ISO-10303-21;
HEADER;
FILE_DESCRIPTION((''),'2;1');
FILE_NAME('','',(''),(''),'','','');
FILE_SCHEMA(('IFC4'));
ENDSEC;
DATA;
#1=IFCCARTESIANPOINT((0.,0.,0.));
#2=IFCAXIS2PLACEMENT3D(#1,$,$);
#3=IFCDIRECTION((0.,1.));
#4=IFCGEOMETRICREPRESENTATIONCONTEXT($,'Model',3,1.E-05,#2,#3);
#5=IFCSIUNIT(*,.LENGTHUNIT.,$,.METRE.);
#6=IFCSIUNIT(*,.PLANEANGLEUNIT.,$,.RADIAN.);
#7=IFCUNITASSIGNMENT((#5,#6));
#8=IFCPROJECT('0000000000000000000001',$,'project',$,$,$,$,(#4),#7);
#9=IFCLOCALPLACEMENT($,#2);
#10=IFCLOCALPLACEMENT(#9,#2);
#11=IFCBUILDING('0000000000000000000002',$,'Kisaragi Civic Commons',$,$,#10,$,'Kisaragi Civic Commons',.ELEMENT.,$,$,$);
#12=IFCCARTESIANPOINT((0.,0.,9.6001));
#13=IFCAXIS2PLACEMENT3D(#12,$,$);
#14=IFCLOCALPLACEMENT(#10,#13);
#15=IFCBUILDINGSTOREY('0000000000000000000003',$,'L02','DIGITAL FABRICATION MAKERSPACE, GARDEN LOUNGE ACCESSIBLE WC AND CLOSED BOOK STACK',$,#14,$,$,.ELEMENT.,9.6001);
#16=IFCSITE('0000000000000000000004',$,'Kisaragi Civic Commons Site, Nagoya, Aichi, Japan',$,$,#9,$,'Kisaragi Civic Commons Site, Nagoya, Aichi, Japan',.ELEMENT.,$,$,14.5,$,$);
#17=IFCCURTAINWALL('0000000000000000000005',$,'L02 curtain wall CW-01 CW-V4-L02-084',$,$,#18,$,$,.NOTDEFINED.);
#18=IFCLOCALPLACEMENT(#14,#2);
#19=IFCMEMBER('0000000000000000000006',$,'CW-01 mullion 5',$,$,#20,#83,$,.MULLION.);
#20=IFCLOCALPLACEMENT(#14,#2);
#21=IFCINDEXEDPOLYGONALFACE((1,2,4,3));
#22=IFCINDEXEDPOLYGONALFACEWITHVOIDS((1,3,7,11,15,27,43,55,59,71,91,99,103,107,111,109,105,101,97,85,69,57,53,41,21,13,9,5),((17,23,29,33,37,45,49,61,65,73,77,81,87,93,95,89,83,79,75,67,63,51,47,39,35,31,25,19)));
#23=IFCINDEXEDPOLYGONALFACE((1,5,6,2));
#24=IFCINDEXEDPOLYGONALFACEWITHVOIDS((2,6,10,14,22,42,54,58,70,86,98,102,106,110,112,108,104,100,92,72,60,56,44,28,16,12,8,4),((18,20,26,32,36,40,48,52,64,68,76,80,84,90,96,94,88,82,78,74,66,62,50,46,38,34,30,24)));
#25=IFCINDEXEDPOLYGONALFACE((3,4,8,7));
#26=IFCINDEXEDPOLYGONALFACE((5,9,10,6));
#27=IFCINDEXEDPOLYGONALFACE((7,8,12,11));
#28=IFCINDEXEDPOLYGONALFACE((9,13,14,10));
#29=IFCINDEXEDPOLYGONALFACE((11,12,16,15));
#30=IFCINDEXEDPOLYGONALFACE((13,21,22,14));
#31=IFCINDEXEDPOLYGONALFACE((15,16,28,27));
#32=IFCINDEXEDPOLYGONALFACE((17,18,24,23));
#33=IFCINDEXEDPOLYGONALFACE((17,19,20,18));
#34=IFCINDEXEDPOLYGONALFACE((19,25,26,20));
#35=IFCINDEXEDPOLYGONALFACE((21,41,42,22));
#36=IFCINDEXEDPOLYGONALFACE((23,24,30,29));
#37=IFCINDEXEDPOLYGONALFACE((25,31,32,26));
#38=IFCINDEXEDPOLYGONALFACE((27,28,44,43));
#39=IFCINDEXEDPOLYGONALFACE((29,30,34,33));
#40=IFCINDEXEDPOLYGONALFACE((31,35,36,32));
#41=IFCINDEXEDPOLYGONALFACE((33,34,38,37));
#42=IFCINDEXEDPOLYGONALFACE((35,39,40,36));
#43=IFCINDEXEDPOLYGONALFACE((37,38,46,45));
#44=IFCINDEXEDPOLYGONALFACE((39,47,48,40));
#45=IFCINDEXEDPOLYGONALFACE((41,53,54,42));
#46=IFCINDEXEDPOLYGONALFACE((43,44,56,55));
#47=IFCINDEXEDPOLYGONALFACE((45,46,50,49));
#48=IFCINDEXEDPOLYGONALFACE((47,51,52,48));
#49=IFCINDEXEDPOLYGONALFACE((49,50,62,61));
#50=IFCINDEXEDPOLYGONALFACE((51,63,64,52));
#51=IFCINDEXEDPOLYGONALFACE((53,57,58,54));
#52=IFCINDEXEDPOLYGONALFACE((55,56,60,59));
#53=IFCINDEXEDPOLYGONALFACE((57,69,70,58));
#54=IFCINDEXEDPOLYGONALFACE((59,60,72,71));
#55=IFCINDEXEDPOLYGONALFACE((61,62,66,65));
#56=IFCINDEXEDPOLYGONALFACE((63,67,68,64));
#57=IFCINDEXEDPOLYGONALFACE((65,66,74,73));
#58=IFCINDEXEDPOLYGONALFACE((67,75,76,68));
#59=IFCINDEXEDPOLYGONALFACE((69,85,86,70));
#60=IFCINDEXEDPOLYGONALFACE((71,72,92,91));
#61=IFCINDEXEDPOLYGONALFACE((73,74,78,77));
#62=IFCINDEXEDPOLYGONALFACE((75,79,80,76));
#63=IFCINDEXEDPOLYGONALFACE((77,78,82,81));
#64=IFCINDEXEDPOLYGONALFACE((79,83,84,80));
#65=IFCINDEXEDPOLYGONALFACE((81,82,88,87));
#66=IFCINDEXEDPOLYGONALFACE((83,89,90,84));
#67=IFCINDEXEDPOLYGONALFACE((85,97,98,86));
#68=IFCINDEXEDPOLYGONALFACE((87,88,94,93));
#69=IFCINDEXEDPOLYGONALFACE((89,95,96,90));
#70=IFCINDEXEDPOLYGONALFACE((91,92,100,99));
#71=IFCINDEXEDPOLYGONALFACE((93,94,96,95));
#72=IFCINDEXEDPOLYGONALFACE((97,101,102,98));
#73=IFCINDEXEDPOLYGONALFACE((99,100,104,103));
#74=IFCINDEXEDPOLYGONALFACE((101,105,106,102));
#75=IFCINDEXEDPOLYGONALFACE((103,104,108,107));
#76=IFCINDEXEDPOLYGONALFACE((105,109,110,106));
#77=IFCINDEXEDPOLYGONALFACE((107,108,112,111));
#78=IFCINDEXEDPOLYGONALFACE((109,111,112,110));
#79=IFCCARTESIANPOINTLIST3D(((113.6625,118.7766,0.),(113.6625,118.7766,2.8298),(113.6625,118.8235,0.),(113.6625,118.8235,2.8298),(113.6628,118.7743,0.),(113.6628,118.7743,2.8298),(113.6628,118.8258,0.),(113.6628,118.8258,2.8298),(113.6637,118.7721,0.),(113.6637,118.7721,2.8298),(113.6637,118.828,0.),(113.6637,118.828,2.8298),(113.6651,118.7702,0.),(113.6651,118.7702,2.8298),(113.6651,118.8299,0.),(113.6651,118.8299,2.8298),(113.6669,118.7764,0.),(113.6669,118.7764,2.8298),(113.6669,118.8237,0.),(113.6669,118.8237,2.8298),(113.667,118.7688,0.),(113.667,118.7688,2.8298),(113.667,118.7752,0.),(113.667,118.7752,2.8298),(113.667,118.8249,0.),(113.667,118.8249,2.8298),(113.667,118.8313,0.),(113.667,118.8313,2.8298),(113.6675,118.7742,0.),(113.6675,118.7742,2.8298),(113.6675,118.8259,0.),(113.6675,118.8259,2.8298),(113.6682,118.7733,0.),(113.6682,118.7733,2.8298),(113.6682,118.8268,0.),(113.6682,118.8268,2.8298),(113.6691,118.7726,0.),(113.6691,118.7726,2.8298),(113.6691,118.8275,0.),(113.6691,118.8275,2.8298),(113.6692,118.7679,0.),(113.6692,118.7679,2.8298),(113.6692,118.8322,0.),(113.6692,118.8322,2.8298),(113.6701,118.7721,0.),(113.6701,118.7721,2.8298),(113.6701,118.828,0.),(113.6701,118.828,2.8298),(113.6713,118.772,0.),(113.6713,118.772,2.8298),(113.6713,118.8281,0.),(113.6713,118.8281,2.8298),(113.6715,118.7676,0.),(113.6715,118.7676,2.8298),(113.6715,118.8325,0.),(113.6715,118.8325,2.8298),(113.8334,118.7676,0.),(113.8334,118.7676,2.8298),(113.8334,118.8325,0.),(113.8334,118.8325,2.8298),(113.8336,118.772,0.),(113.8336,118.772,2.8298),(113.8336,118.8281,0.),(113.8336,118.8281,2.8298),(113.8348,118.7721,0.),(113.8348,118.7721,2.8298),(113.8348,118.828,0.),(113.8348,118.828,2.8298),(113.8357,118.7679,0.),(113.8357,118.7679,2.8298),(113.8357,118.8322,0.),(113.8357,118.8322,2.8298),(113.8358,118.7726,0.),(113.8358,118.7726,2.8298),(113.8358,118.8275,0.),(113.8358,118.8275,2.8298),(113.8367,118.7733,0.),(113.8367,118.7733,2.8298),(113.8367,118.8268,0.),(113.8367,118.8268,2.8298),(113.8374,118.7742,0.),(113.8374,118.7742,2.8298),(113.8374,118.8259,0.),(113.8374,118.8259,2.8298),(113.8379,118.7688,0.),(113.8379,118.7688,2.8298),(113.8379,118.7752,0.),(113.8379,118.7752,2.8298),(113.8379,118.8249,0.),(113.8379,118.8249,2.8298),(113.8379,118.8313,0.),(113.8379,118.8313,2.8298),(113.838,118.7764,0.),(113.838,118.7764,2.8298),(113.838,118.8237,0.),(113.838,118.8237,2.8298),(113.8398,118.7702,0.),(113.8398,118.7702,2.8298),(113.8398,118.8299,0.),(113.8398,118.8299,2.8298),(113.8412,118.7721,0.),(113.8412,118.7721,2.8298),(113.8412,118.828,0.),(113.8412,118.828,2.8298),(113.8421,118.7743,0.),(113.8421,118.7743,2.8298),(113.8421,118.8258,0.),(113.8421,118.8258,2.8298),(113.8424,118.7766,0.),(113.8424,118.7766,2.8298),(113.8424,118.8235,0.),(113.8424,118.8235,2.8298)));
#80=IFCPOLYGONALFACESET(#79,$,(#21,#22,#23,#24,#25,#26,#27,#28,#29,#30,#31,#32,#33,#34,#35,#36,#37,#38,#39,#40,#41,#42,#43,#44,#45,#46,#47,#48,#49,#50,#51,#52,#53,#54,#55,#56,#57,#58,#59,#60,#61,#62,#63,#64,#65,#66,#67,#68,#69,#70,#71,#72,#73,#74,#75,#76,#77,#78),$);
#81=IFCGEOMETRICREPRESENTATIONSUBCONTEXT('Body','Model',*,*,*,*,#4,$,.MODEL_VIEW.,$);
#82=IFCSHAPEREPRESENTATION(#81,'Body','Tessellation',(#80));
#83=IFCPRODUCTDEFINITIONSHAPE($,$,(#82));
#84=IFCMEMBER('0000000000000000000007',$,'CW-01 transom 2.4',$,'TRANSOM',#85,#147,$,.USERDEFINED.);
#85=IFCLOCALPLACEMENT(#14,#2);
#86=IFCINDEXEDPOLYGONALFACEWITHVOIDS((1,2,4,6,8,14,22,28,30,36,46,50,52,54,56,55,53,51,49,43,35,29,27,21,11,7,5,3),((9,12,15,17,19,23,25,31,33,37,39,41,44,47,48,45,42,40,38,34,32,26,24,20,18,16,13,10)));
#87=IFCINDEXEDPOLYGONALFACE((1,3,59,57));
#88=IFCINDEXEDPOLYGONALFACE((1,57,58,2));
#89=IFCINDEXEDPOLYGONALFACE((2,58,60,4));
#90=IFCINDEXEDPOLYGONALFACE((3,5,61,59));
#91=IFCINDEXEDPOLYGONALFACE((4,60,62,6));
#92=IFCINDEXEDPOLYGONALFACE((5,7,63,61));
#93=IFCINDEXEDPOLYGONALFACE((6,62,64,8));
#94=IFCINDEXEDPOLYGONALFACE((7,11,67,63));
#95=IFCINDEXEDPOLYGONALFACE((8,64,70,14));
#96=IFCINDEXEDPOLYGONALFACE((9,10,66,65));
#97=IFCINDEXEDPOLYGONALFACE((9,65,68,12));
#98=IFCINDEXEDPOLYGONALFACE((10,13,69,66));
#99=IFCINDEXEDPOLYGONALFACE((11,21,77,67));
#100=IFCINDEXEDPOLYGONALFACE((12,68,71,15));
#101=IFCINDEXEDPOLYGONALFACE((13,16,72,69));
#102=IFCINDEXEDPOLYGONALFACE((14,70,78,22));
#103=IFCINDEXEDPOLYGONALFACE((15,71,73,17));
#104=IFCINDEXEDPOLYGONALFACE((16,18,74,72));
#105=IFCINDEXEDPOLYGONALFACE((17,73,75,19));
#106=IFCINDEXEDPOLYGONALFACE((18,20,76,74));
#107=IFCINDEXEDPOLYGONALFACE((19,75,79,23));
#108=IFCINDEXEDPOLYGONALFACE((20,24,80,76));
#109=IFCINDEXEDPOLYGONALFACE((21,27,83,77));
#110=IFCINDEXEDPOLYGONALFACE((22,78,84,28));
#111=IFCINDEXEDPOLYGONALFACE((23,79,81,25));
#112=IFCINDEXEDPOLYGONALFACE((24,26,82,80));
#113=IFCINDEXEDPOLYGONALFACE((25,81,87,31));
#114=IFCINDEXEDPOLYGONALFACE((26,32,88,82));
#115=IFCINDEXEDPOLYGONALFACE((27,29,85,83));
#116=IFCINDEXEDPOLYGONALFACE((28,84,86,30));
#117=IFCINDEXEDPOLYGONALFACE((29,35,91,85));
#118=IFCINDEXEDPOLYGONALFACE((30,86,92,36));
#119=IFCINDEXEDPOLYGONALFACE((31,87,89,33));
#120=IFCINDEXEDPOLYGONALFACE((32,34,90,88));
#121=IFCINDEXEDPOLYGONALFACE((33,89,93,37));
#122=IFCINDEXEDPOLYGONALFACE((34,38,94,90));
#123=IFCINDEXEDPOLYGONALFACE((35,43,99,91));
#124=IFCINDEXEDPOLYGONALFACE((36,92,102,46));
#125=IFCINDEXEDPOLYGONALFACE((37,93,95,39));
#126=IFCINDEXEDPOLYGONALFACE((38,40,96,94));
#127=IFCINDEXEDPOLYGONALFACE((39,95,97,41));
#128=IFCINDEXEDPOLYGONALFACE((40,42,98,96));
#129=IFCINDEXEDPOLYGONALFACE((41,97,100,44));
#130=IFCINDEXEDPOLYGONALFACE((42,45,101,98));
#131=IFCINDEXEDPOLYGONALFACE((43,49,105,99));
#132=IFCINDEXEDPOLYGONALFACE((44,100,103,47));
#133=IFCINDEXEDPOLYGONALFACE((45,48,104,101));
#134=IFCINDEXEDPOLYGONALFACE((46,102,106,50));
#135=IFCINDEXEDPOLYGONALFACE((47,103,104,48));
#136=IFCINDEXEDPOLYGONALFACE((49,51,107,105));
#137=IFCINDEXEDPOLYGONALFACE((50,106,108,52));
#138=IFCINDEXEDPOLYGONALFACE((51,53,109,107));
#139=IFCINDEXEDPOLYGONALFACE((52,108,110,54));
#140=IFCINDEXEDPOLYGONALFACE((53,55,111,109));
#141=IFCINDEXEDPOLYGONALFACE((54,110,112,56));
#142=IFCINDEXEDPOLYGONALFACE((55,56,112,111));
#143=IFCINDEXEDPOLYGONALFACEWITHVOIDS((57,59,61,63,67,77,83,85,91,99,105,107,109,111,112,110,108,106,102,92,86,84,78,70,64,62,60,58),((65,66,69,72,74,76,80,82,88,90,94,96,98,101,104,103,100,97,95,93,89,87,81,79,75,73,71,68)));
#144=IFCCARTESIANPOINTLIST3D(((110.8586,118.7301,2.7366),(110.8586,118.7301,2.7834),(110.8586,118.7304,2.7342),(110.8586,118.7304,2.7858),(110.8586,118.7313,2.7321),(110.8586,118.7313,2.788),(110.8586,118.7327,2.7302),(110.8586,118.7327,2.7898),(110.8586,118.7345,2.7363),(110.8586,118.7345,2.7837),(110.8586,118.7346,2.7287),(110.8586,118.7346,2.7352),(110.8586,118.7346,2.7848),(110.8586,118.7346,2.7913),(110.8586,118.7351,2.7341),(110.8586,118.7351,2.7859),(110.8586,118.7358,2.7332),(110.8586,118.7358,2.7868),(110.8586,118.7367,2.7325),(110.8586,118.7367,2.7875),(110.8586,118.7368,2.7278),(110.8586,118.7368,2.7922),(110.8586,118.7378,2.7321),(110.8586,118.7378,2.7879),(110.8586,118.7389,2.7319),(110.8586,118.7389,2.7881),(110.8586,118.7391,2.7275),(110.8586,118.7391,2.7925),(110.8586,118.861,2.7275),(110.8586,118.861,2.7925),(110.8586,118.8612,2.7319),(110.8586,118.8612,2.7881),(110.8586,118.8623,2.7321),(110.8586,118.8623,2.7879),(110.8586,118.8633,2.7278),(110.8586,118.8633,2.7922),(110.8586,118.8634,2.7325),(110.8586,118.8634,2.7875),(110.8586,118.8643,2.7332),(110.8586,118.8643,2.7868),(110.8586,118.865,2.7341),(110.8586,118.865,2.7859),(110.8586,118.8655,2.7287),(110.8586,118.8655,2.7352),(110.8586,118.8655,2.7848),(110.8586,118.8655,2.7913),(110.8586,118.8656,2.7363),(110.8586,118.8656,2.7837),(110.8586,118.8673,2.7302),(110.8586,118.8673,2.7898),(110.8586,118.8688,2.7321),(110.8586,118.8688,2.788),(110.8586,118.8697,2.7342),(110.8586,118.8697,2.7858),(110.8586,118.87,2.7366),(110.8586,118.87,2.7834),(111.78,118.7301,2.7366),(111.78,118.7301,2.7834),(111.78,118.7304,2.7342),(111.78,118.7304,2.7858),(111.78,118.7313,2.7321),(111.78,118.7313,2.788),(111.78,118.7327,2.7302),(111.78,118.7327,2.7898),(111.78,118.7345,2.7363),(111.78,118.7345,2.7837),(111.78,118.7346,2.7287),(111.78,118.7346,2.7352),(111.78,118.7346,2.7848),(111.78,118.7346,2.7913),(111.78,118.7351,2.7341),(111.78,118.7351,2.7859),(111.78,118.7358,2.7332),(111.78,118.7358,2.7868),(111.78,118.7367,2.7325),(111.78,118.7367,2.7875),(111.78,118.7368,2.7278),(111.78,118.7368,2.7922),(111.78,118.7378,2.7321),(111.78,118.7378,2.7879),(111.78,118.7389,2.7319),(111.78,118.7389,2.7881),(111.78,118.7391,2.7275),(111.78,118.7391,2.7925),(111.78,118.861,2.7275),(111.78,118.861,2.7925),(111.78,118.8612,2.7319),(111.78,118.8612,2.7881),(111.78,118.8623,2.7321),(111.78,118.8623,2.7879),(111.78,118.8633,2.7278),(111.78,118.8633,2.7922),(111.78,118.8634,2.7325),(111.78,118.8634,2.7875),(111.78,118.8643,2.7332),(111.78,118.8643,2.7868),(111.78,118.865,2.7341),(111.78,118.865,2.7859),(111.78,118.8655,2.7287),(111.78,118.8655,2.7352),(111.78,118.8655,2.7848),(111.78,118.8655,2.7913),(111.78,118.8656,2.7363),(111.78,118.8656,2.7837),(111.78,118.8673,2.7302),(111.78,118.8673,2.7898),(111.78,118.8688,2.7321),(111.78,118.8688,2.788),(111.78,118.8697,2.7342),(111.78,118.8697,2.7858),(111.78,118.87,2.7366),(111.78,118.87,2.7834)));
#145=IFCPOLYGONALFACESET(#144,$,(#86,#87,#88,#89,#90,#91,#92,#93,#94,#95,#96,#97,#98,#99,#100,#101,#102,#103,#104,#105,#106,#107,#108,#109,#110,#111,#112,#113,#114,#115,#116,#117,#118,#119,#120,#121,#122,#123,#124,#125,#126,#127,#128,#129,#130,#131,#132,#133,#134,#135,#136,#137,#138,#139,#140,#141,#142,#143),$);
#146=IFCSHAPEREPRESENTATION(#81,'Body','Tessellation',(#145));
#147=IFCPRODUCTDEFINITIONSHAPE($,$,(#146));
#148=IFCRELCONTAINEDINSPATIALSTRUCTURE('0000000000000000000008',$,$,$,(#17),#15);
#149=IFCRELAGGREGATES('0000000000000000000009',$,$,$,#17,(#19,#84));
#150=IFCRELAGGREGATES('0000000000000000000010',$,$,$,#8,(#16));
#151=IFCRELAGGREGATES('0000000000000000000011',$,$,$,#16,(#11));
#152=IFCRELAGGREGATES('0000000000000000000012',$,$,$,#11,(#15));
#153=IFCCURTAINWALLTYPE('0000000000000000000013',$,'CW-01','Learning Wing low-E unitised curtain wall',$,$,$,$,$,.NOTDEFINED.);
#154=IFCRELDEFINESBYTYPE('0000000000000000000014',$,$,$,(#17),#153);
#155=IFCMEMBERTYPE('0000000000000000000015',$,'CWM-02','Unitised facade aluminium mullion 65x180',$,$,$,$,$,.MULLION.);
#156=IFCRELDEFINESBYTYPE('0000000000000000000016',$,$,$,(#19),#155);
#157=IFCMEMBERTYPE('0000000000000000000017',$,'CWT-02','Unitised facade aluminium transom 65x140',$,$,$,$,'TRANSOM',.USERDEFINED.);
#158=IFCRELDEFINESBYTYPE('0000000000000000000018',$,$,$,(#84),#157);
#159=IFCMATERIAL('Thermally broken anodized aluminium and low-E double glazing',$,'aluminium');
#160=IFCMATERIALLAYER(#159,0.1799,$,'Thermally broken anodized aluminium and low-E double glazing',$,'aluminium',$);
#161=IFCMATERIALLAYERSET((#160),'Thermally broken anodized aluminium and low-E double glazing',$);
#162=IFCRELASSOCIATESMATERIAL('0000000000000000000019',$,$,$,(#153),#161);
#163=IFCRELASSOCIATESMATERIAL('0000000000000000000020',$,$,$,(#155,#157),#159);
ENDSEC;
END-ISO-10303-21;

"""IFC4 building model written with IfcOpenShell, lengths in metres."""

from ifc_helpers import new_model, si_unit, direction, frame, origin, origin_2d, place, context, subcontext, project, spatial, hollow_rectangle, extrude, material, layer, layer_set, material_profile, profile_set, type_object, element, aggregate, save


model = new_model("IFC4")

# Units and contexts
model_context = context("Model", 3, precision=1e-05, world=origin(), true_north=direction((0.0, 1.0)))
body_context = subcontext(model_context, "Body", "Model", "MODEL_VIEW")
ifc_project = project(units=[si_unit("LENGTHUNIT", "METRE"), si_unit("PLANEANGLEUNIT", "RADIAN")], contexts=[model_context])

# Site, building, storey
site_placement = place(None, origin())
site = spatial("IfcSite", under=ifc_project, at=site_placement, Name="Kisaragi Civic Commons Site, Nagoya, Aichi, Japan", LongName="Kisaragi Civic Commons Site, Nagoya, Aichi, Japan", CompositionType="ELEMENT", RefElevation=14.5)
building_placement = place(site_placement, origin())
building = spatial("IfcBuilding", under=site, at=building_placement, Name="Kisaragi Civic Commons", LongName="Kisaragi Civic Commons", CompositionType="ELEMENT")
storey_placement = place(building_placement, frame((0.0, 0.0, 9.6001)))
storey = spatial("IfcBuildingStorey", under=building, at=storey_placement, Name="L02", Description="DIGITAL FABRICATION MAKERSPACE, GARDEN LOUNGE ACCESSIBLE WC AND CLOSED BOOK STACK", CompositionType="ELEMENT", Elevation=9.6001)

# Curtain wall, members
ifc_material_1 = material(Name="Thermally broken anodized aluminium and low-E double glazing", Category="aluminium")
ifc_layer_1 = layer(ifc_material_1, 0.1799, Name="Thermally broken anodized aluminium and low-E double glazing", Category="aluminium")
ifc_layer_set_1 = layer_set([ifc_layer_1], Name="Thermally broken anodized aluminium and low-E double glazing")
curtain_wall_type = type_object("IfcCurtainWallType", Name="CW-01", Description="Learning Wing low-E unitised curtain wall", PredefinedType="NOTDEFINED", material=ifc_layer_set_1)
curtain_wall_placement = place(storey_placement, origin())
curtain_wall = element("IfcCurtainWall", 1, at=curtain_wall_placement, inside=storey, type_object=curtain_wall_type, Name="L02 curtain wall CW-01 CW-V4-L02-084", PredefinedType="NOTDEFINED")
ifc_material_profile_1 = material_profile(ifc_material_1, hollow_rectangle(XDim=0.0649, YDim=0.1799, WallThickness=0.0044, InnerFilletRadius=0.0044, OuterFilletRadius=0.009, at=origin_2d()), Name="CWM-65x180x4.5", Category="aluminium")
ifc_profile_set_1 = profile_set([ifc_material_profile_1], Name="Thermally broken anodized aluminium and low-E double glazing")
member_type_1 = type_object("IfcMemberType", Name="CWM-02", Description="Unitised facade aluminium mullion 65x180", PredefinedType="MULLION", material=ifc_profile_set_1)
member_1_placement = place(storey_placement, frame((113.7524, 118.8, 0.0), z_axis=(0.0, 0.0, 1.0), x_axis=(0.0, 1.0, 0.0)))
member_1 = element("IfcMember", 2, at=member_1_placement, type_object=member_type_1, Name="CW-01 mullion 5", PredefinedType="MULLION", context=body_context, shape_type="SweptSolid", body=[
    extrude(hollow_rectangle(XDim=0.0649, YDim=0.1799, WallThickness=0.0044, InnerFilletRadius=0.0044, OuterFilletRadius=0.009, at=origin_2d()), origin(), (0.0, 0.0, 1.0), 2.8298),
])
ifc_material_profile_2 = material_profile(ifc_material_1, hollow_rectangle(XDim=0.1399, YDim=0.0649, WallThickness=0.0044, InnerFilletRadius=0.0044, OuterFilletRadius=0.009, at=origin_2d()), Name="CWT-65x140x4.5", Category="aluminium")
ifc_profile_set_2 = profile_set([ifc_material_profile_2], Name="Thermally broken anodized aluminium and low-E double glazing")
member_type_2 = type_object("IfcMemberType", Name="CWT-02", Description="Unitised facade aluminium transom 65x140", ElementType="TRANSOM", PredefinedType="USERDEFINED", material=ifc_profile_set_2)
member_2_placement = place(storey_placement, frame((110.8586, 118.8, 2.76), z_axis=(1.0, 0.0, 0.0), x_axis=(0.0, 1.0, 0.0)))
member_2 = element("IfcMember", 3, at=member_2_placement, type_object=member_type_2, Name="CW-01 transom 2.4", ObjectType="TRANSOM", PredefinedType="USERDEFINED", context=body_context, shape_type="SweptSolid", body=[
    extrude(hollow_rectangle(XDim=0.1399, YDim=0.0649, WallThickness=0.0044, InnerFilletRadius=0.0044, OuterFilletRadius=0.009, at=origin_2d()), origin(), (0.0, 0.0, 1.0), 0.9214),
])
aggregate(curtain_wall, [member_1, member_2])

save(model, "model.ifc")
